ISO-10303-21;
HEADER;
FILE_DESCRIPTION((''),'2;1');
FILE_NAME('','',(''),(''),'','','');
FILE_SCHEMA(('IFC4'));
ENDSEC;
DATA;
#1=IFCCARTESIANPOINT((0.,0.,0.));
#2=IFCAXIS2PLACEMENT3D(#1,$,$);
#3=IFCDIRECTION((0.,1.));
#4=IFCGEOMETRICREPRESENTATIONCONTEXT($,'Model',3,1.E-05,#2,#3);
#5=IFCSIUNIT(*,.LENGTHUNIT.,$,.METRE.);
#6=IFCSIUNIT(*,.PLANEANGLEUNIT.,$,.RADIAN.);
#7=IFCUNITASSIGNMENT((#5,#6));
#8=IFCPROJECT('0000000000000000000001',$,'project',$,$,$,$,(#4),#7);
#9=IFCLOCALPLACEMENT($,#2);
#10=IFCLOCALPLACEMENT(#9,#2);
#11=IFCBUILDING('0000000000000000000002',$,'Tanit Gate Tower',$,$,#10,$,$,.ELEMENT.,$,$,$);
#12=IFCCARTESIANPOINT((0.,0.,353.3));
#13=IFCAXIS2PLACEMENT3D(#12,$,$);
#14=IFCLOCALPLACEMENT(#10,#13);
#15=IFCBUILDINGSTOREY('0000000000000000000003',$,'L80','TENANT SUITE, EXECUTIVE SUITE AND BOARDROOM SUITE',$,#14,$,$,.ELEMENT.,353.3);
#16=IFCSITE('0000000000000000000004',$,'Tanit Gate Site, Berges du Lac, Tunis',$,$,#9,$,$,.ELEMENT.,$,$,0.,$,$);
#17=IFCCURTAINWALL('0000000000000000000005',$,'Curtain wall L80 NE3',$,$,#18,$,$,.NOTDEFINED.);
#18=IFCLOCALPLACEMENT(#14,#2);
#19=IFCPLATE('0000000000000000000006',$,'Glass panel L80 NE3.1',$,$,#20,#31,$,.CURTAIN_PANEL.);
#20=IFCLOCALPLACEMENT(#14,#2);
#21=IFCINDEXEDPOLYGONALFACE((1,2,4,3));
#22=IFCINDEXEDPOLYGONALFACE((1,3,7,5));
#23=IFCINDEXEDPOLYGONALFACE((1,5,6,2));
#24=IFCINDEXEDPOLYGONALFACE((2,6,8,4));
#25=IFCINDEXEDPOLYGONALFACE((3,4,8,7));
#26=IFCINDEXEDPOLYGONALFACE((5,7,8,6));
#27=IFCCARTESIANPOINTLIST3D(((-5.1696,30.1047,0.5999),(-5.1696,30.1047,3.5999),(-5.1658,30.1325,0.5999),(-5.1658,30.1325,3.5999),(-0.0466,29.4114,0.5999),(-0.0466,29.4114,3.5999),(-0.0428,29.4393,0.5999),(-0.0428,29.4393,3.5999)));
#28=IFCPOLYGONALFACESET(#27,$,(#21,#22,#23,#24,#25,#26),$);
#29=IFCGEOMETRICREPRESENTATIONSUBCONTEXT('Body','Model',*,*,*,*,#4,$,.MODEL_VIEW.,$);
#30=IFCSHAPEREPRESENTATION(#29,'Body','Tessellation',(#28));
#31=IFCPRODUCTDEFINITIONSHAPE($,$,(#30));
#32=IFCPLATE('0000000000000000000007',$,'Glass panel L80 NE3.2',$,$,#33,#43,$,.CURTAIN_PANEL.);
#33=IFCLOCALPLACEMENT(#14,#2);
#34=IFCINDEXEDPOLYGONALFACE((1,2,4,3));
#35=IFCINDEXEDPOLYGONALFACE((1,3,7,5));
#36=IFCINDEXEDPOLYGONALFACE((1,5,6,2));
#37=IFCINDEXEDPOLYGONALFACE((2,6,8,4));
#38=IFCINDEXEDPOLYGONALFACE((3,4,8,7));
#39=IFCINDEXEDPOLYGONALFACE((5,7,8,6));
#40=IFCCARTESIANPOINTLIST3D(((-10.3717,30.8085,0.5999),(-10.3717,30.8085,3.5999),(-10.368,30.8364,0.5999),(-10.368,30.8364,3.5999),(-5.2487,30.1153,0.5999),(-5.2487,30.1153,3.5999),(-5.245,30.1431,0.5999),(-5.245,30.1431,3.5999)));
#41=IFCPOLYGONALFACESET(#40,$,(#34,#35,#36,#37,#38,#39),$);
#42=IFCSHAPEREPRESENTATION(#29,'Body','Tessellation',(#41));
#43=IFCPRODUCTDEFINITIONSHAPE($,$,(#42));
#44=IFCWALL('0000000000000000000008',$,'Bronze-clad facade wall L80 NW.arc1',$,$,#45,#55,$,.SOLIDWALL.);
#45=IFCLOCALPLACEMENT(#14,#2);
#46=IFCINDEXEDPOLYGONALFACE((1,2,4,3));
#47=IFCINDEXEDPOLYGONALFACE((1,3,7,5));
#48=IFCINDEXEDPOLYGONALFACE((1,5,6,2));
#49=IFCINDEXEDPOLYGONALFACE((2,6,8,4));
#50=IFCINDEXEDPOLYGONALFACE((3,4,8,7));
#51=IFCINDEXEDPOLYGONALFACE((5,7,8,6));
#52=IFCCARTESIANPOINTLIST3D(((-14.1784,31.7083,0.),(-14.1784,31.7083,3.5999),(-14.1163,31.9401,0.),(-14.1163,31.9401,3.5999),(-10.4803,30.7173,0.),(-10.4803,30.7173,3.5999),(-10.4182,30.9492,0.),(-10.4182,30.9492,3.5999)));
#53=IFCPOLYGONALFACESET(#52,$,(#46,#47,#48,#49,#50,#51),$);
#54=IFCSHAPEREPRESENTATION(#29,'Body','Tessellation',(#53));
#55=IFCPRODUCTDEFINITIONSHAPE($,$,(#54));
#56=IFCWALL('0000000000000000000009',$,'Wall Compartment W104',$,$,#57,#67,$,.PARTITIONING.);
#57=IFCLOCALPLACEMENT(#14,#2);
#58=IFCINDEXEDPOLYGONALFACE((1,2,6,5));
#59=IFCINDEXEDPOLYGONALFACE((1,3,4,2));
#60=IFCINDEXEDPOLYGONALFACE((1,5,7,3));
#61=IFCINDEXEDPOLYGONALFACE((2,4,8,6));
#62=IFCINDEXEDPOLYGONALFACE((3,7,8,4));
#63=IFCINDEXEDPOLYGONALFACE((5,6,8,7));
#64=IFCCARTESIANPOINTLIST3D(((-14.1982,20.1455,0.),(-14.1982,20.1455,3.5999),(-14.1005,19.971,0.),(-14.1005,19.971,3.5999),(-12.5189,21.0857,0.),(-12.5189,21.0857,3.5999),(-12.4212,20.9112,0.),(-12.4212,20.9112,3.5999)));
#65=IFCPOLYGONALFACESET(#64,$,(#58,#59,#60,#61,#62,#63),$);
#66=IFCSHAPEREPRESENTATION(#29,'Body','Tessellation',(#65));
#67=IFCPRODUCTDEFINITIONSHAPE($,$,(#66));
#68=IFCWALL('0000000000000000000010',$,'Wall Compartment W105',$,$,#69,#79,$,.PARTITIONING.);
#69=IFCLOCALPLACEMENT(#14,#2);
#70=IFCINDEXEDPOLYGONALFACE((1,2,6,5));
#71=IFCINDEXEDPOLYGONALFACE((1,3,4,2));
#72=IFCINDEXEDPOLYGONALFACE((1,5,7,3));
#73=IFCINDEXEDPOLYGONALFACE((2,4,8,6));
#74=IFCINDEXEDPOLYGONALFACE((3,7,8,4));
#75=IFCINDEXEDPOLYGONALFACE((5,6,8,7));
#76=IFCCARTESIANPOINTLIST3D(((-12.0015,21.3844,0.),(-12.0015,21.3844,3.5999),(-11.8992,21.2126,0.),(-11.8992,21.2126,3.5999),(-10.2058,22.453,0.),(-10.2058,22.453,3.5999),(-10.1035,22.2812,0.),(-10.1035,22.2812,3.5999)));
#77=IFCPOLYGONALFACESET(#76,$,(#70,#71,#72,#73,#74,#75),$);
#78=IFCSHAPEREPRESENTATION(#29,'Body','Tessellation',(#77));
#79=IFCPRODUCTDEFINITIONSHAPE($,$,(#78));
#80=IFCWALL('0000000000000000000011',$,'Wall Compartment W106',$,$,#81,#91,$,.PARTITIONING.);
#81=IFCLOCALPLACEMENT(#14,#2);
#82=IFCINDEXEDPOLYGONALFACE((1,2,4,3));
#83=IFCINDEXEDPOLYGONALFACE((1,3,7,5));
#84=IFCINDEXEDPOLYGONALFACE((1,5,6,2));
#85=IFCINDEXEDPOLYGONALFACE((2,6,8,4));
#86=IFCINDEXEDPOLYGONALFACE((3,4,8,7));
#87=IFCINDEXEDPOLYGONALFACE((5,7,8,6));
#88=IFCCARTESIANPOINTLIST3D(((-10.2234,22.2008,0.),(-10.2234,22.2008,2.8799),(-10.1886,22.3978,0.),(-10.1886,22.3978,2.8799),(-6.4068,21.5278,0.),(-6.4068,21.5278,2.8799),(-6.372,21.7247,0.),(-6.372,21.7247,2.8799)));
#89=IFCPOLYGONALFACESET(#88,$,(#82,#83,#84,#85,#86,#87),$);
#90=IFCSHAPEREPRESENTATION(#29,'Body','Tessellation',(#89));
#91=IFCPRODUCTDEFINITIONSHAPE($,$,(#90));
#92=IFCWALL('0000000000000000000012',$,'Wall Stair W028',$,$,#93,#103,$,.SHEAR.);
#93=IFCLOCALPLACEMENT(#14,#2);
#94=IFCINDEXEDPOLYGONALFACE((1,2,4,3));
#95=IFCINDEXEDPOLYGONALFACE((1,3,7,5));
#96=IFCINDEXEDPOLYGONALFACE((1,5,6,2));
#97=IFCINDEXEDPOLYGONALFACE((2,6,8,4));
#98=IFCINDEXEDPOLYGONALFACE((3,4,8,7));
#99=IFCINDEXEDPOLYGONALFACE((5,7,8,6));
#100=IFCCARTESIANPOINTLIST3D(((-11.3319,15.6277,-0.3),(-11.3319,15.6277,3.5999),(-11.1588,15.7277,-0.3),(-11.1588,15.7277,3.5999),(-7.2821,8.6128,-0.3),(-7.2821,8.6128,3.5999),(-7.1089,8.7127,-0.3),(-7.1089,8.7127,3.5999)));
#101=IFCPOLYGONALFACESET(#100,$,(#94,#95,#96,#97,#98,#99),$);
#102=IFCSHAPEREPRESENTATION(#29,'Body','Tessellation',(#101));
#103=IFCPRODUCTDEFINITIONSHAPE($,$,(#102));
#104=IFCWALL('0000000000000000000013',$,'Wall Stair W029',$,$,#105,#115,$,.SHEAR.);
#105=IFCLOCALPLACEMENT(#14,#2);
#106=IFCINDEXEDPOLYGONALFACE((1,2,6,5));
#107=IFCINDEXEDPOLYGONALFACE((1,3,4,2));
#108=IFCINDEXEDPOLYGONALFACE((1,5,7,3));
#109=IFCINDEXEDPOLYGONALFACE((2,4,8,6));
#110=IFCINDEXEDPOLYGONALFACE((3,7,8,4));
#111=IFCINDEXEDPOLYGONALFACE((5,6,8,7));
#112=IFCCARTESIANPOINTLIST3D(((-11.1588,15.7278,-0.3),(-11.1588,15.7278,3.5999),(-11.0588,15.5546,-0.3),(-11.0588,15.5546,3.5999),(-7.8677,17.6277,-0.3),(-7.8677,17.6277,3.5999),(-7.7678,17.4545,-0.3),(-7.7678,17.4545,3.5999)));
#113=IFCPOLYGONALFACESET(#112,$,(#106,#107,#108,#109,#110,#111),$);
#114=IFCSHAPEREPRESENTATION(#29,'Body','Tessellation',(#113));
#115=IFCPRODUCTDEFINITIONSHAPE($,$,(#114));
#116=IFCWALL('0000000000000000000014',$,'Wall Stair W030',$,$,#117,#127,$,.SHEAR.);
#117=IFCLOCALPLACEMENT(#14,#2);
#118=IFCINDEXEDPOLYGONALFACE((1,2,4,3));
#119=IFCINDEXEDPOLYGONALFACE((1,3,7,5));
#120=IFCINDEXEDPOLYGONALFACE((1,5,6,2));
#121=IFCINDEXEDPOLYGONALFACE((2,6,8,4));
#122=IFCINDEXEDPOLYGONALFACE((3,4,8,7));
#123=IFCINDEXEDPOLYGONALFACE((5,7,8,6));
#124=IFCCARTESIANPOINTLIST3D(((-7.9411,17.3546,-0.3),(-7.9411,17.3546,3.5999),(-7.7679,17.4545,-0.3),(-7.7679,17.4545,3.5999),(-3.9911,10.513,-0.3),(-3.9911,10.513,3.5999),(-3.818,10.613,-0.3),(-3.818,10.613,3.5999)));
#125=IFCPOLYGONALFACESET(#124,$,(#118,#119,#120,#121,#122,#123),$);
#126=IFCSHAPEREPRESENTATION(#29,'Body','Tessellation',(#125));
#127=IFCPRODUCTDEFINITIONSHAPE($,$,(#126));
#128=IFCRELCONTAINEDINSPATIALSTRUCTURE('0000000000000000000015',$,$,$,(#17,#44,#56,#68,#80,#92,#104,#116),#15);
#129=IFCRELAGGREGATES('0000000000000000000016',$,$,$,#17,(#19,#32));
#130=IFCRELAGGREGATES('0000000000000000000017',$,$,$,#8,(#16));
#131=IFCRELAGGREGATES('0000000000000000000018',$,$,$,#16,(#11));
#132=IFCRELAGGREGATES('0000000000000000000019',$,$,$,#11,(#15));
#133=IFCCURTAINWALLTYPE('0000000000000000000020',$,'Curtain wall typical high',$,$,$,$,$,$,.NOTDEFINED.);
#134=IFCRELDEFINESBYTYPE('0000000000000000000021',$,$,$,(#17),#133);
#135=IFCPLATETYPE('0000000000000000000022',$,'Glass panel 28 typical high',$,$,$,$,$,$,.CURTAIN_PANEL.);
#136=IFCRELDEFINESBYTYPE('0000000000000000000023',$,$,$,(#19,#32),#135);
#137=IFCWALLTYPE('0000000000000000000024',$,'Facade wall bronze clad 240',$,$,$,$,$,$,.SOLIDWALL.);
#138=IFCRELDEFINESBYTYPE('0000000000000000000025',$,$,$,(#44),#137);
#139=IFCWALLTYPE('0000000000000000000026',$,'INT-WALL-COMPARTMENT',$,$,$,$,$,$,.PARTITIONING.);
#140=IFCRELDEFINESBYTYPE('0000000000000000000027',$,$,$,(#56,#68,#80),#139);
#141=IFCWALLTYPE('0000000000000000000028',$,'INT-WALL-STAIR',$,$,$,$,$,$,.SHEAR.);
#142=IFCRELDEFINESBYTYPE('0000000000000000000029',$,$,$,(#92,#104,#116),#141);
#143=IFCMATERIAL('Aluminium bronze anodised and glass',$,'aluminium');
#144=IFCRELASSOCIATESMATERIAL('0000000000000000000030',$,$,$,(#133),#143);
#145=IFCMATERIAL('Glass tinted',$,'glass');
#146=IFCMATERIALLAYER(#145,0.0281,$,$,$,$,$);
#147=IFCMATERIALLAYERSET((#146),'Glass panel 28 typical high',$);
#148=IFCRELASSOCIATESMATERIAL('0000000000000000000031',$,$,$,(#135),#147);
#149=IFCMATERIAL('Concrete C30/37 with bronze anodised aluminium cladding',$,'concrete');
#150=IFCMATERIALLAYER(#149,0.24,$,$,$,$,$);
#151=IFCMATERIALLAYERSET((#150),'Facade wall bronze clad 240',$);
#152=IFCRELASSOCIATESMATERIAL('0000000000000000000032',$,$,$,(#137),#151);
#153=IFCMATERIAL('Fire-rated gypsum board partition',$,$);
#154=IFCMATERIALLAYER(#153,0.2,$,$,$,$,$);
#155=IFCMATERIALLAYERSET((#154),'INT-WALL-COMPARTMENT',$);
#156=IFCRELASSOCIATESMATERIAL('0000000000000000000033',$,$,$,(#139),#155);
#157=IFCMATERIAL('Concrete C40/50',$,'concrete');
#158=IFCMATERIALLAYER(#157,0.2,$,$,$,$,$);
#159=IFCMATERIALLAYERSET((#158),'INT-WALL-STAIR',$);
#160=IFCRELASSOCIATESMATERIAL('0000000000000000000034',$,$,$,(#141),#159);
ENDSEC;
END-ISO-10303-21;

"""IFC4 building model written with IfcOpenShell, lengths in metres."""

from ifc_helpers import new_model, si_unit, direction, frame, frame_2d, origin, origin_2d, place, context, subcontext, project, spatial, rectangle, extrude, material, layer, layer_set, type_object, element, aggregate, save


model = new_model("IFC4")

# Units and contexts
model_context = context("Model", 3, precision=1e-05, world=origin(), true_north=direction((0.0, 1.0)))
body_context = subcontext(model_context, "Body", "Model", "MODEL_VIEW")
ifc_project = project(units=[si_unit("LENGTHUNIT", "METRE"), si_unit("PLANEANGLEUNIT", "RADIAN")], contexts=[model_context])

# Site, building, storey
site_placement = place(None, origin())
site = spatial("IfcSite", under=ifc_project, at=site_placement, Name="Tanit Gate Site, Berges du Lac, Tunis", CompositionType="ELEMENT", RefElevation=0.0)
building_placement = place(site_placement, origin())
building = spatial("IfcBuilding", under=site, at=building_placement, Name="Tanit Gate Tower", CompositionType="ELEMENT")
storey_placement = place(building_placement, frame((0.0, 0.0, 353.3)))
storey = spatial("IfcBuildingStorey", under=building, at=storey_placement, Name="L80", Description="TENANT SUITE, EXECUTIVE SUITE AND BOARDROOM SUITE", CompositionType="ELEMENT", Elevation=353.3)

# Curtain wall
ifc_material_1 = material(Name="Aluminium bronze anodised and glass", Category="aluminium")
curtain_wall_type = type_object("IfcCurtainWallType", Name="Curtain wall typical high", PredefinedType="NOTDEFINED", material=ifc_material_1)
curtain_wall_placement = place(storey_placement, origin())
curtain_wall = element("IfcCurtainWall", 1, at=curtain_wall_placement, inside=storey, type_object=curtain_wall_type, Name="Curtain wall L80 NE3", PredefinedType="NOTDEFINED")

# Plates
ifc_material_2 = material(Name="Glass tinted", Category="glass")
ifc_layer_1 = layer(ifc_material_2, 0.0281)
ifc_layer_set_1 = layer_set([ifc_layer_1], Name="Glass panel 28 typical high")
plate_type = type_object("IfcPlateType", Name="Glass panel 28 typical high", PredefinedType="CURTAIN_PANEL", material=ifc_layer_set_1)
plate_1_placement = place(storey_placement, frame((-2.6062, 29.772, 0.5999), z_axis=(0.0, 0.0, 1.0), x_axis=(-0.990969, 0.134094, 0.0)))
plate_1 = element("IfcPlate", 2, at=plate_1_placement, type_object=plate_type, Name="Glass panel L80 NE3.1", PredefinedType="CURTAIN_PANEL", context=body_context, shape_type="SweptSolid", body=[
    extrude(rectangle(XDim=5.1697, YDim=0.0281, at=origin_2d()), origin(), (0.0, 0.0, 1.0), 3.0),
])
plate_2_placement = place(storey_placement, frame((-7.8083, 30.4758, 0.5999), z_axis=(0.0, 0.0, 1.0), x_axis=(-0.990969, 0.134094, 0.0)))
plate_2 = element("IfcPlate", 3, at=plate_2_placement, type_object=plate_type, Name="Glass panel L80 NE3.2", PredefinedType="CURTAIN_PANEL", context=body_context, shape_type="SweptSolid", body=[
    extrude(rectangle(XDim=5.1697, YDim=0.0281, at=origin_2d()), origin(), (0.0, 0.0, 1.0), 3.0),
])
aggregate(curtain_wall, [plate_1, plate_2])

# Walls
ifc_material_3 = material(Name="Concrete C30/37 with bronze anodised aluminium cladding", Category="concrete")
ifc_layer_2 = layer(ifc_material_3, 0.24)
ifc_layer_set_2 = layer_set([ifc_layer_2], Name="Facade wall bronze clad 240")
wall_type_1 = type_object("IfcWallType", Name="Facade wall bronze clad 240", PredefinedType="SOLIDWALL", material=ifc_layer_set_2)
wall_1_placement = place(storey_placement, frame((-10.4492, 30.8333, 0.0), z_axis=(0.0, 0.0, 1.0), x_axis=(-0.965924, 0.258825, 0.0)))
element("IfcWall", 4, at=wall_1_placement, inside=storey, type_object=wall_type_1, Name="Bronze-clad facade wall L80 NW.arc1", PredefinedType="SOLIDWALL", context=body_context, shape_type="SweptSolid", body=[
    extrude(rectangle(XDim=3.8286, YDim=0.24, at=frame_2d((1.9143, 0.0))), origin(), (0.0, 0.0, 1.0), 3.5999),
])
ifc_material_4 = material(Name="Fire-rated gypsum board partition")
ifc_layer_3 = layer(ifc_material_4, 0.2)
ifc_layer_set_3 = layer_set([ifc_layer_3], Name="INT-WALL-COMPARTMENT")
wall_type_2 = type_object("IfcWallType", Name="INT-WALL-COMPARTMENT", PredefinedType="PARTITIONING", material=ifc_layer_set_3)
wall_2_placement = place(storey_placement, frame((-12.47, 20.9985, 0.0), z_axis=(0.0, 0.0, 1.0), x_axis=(-0.872543, -0.488538, 0.0)))
element("IfcWall", 5, at=wall_2_placement, inside=storey, type_object=wall_type_2, Name="Wall Compartment W104", PredefinedType="PARTITIONING", context=body_context, shape_type="SweptSolid", body=[
    extrude(rectangle(XDim=1.9246, YDim=0.2, at=frame_2d((0.9624, 0.0))), origin(), (0.0, 0.0, 1.0), 3.5999),
])
wall_3_placement = place(storey_placement, frame((-10.1545, 22.3672, 0.0), z_axis=(0.0, 0.0, 1.0), x_axis=(-0.859343, -0.5114, 0.0)))
element("IfcWall", 6, at=wall_3_placement, inside=storey, type_object=wall_type_2, Name="Wall Compartment W105", PredefinedType="PARTITIONING", context=body_context, shape_type="SweptSolid", body=[
    extrude(rectangle(XDim=2.0896, YDim=0.2, at=frame_2d((1.0449, 0.0))), origin(), (0.0, 0.0, 1.0), 3.5999),
])
wall_4_placement = place(storey_placement, frame((-6.3894, 21.6262, 0.0), z_axis=(0.0, 0.0, 1.0), x_axis=(-0.984803, 0.173678, 0.0)))
element("IfcWall", 7, at=wall_4_placement, inside=storey, type_object=wall_type_2, Name="Wall Compartment W106", PredefinedType="PARTITIONING", context=body_context, shape_type="SweptSolid", body=[
    extrude(rectangle(XDim=3.8755, YDim=0.2, at=frame_2d((1.9377, 0.0))), origin(), (0.0, 0.0, 1.0), 2.8799),
])
ifc_material_5 = material(Name="Concrete C40/50", Category="concrete")
ifc_layer_4 = layer(ifc_material_5, 0.2)
ifc_layer_set_4 = layer_set([ifc_layer_4], Name="INT-WALL-STAIR")
wall_type_3 = type_object("IfcWallType", Name="INT-WALL-STAIR", PredefinedType="SHEAR", material=ifc_layer_set_4)
wall_5_placement = place(storey_placement, frame((-11.2454, 15.6777, -0.3), z_axis=(0.0, 0.0, 1.0), x_axis=(0.499977, -0.866039, 0.0)))
element("IfcWall", 8, at=wall_5_placement, inside=storey, type_object=wall_type_3, Name="Wall Stair W028", PredefinedType="SHEAR", context=body_context, shape_type="SweptSolid", body=[
    extrude(rectangle(XDim=8.1001, YDim=0.2, at=frame_2d((4.05, 0.0))), origin(), (0.0, 0.0, 1.0), 3.8999),
])
wall_6_placement = place(storey_placement, frame((-7.8179, 17.541, -0.3), z_axis=(0.0, 0.0, 1.0), x_axis=(-0.866044, -0.499967, 0.0)))
element("IfcWall", 9, at=wall_6_placement, inside=storey, type_object=wall_type_3, Name="Wall Stair W029", PredefinedType="SHEAR", context=body_context, shape_type="SweptSolid", body=[
    extrude(rectangle(XDim=3.8, YDim=0.2, at=frame_2d((1.8999, 0.0))), origin(), (0.0, 0.0, 1.0), 3.8999),
])
wall_7_placement = place(storey_placement, frame((-7.8545, 17.4045, -0.3), z_axis=(0.0, 0.0, 1.0), x_axis=(0.499998, -0.866027, 0.0)))
element("IfcWall", 10, at=wall_7_placement, inside=storey, type_object=wall_type_3, Name="Wall Stair W030", PredefinedType="SHEAR", context=body_context, shape_type="SweptSolid", body=[
    extrude(rectangle(XDim=7.8999, YDim=0.2, at=frame_2d((3.95, 0.0))), origin(), (0.0, 0.0, 1.0), 3.8999),
])

save(model, "model.ifc")
